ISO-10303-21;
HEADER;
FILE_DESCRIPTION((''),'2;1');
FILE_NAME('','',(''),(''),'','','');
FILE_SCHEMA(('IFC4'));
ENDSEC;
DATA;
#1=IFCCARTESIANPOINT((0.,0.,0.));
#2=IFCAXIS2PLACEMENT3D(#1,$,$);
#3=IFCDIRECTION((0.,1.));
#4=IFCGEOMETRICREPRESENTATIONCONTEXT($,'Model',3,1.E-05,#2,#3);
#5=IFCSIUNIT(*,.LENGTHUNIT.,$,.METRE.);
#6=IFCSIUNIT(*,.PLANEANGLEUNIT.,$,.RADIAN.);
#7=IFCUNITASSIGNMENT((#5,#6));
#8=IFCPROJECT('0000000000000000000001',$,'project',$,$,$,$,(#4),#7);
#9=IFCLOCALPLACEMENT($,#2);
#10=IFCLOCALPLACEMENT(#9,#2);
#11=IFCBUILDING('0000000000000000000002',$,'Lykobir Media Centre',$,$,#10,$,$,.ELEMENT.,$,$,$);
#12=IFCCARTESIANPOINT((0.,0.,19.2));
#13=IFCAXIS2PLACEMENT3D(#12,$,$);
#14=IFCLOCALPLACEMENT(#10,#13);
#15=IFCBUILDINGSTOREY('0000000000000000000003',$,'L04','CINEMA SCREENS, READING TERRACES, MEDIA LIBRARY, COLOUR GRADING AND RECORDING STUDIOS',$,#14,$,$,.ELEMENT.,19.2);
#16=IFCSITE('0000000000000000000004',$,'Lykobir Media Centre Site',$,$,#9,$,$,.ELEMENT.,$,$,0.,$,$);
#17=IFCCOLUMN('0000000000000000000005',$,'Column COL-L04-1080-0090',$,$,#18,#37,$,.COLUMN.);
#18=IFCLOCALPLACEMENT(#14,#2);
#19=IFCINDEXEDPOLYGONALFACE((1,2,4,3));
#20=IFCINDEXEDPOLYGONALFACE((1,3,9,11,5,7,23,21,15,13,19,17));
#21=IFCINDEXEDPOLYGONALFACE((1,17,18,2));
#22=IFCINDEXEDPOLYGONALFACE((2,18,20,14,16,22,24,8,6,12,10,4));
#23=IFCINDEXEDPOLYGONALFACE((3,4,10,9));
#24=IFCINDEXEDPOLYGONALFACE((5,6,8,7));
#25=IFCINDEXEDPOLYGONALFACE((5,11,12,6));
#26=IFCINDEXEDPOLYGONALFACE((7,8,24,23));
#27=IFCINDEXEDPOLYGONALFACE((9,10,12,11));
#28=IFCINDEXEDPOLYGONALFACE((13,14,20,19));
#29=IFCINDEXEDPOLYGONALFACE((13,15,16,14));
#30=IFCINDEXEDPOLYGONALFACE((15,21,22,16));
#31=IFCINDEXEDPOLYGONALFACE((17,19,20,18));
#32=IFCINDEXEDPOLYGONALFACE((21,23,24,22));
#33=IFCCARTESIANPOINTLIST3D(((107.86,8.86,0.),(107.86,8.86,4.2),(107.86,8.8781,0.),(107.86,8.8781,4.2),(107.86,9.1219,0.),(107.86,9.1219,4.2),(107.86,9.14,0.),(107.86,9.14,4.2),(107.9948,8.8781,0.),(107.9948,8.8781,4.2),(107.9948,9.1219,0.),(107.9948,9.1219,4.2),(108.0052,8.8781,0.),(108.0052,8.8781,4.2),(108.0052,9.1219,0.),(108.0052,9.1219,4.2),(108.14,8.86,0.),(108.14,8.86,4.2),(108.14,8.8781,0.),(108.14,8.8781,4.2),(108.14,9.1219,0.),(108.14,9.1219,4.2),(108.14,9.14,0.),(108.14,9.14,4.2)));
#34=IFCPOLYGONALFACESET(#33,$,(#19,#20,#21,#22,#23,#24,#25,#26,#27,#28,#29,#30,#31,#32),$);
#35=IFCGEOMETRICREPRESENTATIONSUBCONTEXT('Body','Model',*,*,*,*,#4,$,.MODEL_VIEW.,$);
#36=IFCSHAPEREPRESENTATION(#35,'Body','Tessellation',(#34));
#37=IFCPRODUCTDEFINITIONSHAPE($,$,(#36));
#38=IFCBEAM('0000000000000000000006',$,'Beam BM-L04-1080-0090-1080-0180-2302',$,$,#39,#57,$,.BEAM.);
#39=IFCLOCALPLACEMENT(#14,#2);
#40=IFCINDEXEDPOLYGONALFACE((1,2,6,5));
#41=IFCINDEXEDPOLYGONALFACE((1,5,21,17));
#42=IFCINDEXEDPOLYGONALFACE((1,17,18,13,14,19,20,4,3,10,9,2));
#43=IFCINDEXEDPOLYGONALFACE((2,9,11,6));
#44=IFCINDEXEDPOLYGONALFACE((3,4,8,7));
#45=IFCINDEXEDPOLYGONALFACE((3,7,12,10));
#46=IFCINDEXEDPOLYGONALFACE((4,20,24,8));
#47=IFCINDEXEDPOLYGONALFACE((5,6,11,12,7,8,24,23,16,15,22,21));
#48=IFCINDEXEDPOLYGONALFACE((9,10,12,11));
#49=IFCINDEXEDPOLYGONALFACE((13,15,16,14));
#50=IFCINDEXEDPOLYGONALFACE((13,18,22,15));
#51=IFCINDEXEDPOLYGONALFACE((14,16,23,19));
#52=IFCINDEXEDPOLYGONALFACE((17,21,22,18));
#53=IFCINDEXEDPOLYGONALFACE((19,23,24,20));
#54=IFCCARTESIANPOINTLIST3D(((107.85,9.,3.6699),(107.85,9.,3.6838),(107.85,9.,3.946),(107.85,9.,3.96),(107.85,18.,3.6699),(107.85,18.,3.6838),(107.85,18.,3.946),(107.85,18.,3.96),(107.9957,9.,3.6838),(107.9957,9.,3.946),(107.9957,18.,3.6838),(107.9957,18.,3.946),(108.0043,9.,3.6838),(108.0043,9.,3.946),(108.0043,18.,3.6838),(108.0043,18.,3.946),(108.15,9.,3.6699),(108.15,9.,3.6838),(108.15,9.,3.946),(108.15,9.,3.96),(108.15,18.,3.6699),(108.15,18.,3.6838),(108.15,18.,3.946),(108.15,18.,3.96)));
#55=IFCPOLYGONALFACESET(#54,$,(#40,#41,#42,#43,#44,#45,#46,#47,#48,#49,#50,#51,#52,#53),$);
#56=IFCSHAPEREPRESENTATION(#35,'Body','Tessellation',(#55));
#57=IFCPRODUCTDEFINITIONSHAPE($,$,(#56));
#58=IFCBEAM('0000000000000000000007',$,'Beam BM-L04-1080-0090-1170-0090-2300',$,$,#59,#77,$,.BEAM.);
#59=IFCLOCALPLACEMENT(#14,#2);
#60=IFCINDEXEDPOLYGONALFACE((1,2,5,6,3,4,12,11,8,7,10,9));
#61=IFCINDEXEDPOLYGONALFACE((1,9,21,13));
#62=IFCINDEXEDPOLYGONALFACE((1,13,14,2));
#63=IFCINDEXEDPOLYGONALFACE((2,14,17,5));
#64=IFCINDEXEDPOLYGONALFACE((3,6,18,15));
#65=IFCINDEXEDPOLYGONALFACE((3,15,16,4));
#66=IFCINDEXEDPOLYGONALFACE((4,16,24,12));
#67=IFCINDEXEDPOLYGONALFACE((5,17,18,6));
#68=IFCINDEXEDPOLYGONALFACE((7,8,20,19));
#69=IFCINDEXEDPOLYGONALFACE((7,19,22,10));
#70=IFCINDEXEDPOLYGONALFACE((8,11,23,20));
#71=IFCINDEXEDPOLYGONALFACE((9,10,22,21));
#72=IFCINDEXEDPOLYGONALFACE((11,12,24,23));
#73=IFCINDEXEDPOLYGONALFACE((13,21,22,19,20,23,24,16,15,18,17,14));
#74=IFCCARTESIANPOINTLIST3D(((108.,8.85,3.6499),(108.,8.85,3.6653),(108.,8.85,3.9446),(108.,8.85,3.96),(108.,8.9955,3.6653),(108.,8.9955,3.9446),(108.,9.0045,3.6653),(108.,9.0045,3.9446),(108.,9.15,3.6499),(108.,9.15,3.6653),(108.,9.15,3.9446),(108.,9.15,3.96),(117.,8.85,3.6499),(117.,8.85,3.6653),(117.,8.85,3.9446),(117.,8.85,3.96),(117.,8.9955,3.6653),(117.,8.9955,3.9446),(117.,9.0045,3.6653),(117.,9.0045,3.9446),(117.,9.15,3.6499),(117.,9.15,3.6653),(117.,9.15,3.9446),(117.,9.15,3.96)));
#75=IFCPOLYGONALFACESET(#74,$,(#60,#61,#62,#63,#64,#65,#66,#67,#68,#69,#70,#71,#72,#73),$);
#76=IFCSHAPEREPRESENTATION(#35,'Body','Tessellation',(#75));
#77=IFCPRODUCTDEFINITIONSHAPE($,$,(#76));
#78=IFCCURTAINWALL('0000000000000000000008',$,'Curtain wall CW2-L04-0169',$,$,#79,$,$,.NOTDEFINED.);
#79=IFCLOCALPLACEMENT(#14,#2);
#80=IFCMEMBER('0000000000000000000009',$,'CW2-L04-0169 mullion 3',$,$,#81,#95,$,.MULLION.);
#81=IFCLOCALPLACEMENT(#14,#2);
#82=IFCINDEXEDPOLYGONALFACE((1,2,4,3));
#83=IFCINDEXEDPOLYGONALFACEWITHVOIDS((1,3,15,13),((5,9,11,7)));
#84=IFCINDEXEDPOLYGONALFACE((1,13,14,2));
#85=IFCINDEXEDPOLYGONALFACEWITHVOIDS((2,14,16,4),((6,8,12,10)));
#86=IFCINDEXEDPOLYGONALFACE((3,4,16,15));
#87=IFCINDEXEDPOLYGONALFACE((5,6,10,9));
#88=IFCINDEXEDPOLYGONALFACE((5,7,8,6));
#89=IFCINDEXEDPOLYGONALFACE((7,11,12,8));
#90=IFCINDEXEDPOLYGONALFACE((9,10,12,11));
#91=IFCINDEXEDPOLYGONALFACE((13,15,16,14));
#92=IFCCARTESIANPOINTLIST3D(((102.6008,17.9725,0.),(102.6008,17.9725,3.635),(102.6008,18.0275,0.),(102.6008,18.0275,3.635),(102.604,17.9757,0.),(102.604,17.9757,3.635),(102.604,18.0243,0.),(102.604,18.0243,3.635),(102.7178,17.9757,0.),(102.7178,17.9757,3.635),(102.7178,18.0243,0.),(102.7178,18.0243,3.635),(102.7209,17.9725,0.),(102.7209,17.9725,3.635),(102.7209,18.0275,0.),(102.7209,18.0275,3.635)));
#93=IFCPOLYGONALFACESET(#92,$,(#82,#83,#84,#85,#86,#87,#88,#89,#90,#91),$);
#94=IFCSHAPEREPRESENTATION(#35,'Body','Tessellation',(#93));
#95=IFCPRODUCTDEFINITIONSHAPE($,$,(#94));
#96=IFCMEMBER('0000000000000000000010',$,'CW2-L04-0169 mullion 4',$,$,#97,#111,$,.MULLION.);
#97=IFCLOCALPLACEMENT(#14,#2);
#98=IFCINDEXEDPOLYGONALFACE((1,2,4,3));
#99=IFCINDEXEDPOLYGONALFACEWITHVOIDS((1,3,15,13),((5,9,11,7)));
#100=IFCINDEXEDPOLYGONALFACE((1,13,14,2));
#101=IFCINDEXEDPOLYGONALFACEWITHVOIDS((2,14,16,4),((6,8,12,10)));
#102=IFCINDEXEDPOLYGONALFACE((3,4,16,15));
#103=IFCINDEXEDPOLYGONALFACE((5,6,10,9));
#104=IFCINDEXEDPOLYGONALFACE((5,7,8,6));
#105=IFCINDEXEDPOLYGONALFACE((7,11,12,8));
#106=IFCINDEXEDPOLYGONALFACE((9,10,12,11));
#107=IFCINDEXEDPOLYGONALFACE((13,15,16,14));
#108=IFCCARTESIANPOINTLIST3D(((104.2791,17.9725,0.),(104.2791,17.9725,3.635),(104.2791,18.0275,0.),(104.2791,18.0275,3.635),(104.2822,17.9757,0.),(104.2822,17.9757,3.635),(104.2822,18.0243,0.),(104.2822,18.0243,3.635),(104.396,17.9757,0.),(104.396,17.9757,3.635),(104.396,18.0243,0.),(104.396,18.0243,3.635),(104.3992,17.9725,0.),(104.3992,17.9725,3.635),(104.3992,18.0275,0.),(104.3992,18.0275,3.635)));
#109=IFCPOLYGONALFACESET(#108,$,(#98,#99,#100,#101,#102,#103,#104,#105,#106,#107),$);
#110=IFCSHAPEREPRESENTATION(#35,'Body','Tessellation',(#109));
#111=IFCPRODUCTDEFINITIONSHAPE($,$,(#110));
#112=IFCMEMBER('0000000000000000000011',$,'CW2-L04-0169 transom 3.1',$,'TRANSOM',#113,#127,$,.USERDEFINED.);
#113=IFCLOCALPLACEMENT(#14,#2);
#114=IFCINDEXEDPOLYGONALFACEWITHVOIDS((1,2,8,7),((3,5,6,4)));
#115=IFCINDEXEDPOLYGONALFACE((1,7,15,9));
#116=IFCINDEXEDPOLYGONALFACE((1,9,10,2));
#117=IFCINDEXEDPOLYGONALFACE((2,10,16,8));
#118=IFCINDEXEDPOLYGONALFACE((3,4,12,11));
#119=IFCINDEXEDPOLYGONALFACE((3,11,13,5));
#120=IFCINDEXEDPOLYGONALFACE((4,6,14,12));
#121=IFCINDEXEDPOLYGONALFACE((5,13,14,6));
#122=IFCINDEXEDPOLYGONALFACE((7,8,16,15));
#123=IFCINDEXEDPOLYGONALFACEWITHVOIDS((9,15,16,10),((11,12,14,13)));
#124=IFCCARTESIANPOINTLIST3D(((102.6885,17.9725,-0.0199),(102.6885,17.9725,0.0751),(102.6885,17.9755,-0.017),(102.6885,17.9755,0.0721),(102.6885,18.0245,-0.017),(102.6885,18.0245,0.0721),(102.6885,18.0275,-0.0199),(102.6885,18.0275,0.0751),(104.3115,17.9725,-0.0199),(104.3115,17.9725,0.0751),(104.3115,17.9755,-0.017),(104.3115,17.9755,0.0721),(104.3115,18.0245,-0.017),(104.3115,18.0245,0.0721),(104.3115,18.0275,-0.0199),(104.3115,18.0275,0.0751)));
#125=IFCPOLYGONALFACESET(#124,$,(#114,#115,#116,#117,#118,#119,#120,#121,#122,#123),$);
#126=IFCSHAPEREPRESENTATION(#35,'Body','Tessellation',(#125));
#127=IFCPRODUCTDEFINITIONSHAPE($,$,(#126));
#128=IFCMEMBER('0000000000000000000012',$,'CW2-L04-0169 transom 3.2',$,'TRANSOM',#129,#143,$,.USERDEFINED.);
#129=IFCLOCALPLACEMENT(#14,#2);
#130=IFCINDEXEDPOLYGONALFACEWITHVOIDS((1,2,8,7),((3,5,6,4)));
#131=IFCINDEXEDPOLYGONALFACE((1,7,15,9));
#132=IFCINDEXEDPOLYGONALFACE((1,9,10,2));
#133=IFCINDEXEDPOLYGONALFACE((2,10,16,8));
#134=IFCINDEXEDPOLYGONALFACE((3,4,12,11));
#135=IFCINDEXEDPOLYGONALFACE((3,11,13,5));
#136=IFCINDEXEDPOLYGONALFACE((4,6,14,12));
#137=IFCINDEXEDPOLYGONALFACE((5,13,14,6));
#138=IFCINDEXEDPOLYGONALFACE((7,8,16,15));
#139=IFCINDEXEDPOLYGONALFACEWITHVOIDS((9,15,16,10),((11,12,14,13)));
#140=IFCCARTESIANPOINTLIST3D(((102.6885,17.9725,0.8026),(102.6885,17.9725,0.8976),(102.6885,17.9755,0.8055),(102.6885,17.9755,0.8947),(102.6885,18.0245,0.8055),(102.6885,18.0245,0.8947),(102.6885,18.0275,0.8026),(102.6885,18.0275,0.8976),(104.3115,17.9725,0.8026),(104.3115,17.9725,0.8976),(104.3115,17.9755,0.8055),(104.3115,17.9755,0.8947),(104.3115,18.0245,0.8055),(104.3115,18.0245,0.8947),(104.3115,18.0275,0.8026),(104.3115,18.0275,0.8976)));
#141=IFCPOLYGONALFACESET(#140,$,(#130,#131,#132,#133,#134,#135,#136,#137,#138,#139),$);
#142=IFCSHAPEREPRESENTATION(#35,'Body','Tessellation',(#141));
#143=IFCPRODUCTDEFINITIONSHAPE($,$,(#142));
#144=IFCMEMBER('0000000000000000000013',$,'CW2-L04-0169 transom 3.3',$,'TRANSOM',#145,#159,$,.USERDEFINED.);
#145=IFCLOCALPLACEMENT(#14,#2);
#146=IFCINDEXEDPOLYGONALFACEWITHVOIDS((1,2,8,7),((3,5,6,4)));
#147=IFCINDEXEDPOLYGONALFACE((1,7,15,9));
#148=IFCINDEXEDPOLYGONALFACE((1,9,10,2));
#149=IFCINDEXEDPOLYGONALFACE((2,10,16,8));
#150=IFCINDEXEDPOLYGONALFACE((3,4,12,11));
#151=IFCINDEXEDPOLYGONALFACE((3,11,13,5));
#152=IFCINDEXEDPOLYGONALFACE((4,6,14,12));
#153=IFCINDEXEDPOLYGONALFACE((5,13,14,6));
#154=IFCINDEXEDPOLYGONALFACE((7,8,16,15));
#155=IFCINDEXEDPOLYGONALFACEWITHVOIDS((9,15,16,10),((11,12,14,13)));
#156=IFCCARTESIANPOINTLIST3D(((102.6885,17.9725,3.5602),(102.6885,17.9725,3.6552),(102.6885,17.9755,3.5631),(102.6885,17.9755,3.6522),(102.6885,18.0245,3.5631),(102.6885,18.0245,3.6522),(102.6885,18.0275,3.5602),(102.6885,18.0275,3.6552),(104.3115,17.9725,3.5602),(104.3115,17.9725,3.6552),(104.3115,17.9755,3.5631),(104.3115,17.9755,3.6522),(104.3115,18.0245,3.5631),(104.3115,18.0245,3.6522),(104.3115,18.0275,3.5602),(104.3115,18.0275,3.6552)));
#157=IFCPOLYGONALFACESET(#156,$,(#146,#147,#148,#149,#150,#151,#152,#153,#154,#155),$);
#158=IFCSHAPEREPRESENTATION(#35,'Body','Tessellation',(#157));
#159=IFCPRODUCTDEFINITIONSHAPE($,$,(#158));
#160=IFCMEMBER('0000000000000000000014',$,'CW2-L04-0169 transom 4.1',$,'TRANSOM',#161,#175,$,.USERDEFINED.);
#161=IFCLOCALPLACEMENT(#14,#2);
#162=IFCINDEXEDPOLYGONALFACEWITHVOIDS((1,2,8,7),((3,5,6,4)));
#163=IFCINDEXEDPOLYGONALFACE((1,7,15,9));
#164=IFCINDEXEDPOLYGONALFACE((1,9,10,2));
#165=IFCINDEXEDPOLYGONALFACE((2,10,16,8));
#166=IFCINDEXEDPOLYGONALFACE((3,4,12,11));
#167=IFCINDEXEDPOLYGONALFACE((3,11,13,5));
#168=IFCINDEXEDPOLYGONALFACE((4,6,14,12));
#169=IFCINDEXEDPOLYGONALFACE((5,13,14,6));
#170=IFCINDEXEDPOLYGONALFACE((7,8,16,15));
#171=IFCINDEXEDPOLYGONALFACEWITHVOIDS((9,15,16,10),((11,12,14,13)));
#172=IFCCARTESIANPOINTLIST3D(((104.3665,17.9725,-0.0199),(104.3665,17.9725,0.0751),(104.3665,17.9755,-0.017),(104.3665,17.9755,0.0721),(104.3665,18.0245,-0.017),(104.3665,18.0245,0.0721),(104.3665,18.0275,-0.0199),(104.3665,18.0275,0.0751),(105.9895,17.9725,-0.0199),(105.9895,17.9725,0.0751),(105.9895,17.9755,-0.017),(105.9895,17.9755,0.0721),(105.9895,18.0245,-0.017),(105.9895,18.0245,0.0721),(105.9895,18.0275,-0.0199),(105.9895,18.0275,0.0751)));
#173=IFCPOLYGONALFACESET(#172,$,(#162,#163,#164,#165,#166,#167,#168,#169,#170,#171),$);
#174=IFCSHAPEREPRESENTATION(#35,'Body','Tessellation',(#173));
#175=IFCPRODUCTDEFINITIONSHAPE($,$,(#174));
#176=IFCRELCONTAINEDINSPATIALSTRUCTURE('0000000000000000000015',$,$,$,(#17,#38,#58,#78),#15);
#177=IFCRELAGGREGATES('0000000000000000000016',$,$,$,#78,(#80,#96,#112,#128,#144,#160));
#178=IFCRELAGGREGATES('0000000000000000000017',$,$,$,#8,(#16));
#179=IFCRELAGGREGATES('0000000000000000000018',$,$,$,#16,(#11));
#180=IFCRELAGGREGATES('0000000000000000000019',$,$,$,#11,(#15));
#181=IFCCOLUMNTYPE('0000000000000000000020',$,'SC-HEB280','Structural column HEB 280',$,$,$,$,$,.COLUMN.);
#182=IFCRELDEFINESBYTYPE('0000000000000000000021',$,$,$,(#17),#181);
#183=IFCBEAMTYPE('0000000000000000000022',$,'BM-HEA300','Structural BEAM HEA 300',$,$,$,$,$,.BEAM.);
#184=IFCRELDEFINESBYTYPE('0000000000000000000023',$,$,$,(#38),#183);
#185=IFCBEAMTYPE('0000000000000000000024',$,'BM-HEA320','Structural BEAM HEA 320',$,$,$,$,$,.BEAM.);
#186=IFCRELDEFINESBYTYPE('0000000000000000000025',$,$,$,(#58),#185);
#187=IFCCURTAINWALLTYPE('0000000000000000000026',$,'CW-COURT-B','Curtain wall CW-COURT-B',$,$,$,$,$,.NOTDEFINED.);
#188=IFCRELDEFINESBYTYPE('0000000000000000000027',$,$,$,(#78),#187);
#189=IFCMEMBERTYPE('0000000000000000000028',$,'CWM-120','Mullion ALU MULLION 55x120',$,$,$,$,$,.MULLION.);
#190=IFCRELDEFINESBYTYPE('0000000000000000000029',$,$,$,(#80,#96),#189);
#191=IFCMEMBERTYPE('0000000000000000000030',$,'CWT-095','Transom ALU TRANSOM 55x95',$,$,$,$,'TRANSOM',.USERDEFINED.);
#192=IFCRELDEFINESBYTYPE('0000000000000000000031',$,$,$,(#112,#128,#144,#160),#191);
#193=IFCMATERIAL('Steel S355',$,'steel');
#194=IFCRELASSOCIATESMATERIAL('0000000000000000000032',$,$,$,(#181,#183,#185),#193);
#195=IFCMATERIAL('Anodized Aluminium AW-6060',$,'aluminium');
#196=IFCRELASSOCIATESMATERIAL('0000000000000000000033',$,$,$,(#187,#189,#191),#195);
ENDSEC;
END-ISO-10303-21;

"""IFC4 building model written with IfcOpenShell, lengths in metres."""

from ifc_helpers import new_model, si_unit, direction, frame, origin, origin_2d, place, context, subcontext, project, spatial, hollow_rectangle, i_section, extrude, material, material_profile, profile_set, type_object, element, aggregate, save


model = new_model("IFC4")

# Units and contexts
model_context = context("Model", 3, precision=1e-05, world=origin(), true_north=direction((0.0, 1.0)))
body_context = subcontext(model_context, "Body", "Model", "MODEL_VIEW")
ifc_project = project(units=[si_unit("LENGTHUNIT", "METRE"), si_unit("PLANEANGLEUNIT", "RADIAN")], contexts=[model_context])

# Site, building, storey
site_placement = place(None, origin())
site = spatial("IfcSite", under=ifc_project, at=site_placement, Name="Lykobir Media Centre Site", CompositionType="ELEMENT", RefElevation=0.0)
building_placement = place(site_placement, origin())
building = spatial("IfcBuilding", under=site, at=building_placement, Name="Lykobir Media Centre", CompositionType="ELEMENT")
storey_placement = place(building_placement, frame((0.0, 0.0, 19.2)))
storey = spatial("IfcBuildingStorey", under=building, at=storey_placement, Name="L04", Description="CINEMA SCREENS, READING TERRACES, MEDIA LIBRARY, COLOUR GRADING AND RECORDING STUDIOS", CompositionType="ELEMENT", Elevation=19.2)

# Column
ifc_material_1 = material(Name="Steel S355", Category="steel")
ifc_material_profile_1 = material_profile(ifc_material_1, i_section(OverallWidth=0.28, OverallDepth=0.28, WebThickness=0.0105, FlangeThickness=0.0181, at=origin_2d()), Name="HEB 280")
ifc_profile_set_1 = profile_set([ifc_material_profile_1], Name="Steel S355")
column_type = type_object("IfcColumnType", Name="SC-HEB280", Description="Structural column HEB 280", PredefinedType="COLUMN", material=ifc_profile_set_1)
column_placement = place(storey_placement, frame((108.0, 9.0, 0.0), z_axis=(0.0, 0.0, 1.0), x_axis=(1.0, 0.0, 0.0)))
element("IfcColumn", 1, at=column_placement, inside=storey, type_object=column_type, Name="Column COL-L04-1080-0090", PredefinedType="COLUMN", context=body_context, shape_type="SweptSolid", body=[
    extrude(i_section(OverallWidth=0.28, OverallDepth=0.28, WebThickness=0.0105, FlangeThickness=0.0181, at=origin_2d()), origin(), (0.0, 0.0, 1.0), 4.2),
])

# Beams
ifc_material_profile_2 = material_profile(ifc_material_1, i_section(OverallWidth=0.3, OverallDepth=0.29, WebThickness=0.0085, FlangeThickness=0.0139, at=origin_2d()), Name="HEA 300")
ifc_profile_set_2 = profile_set([ifc_material_profile_2], Name="Steel S355")
beam_type_1 = type_object("IfcBeamType", Name="BM-HEA300", Description="Structural BEAM HEA 300", PredefinedType="BEAM", material=ifc_profile_set_2)
beam_1_placement = place(storey_placement, frame((108.0, 9.0, 3.8149), z_axis=(0.0, 1.0, 0.0), x_axis=(-1.0, 0.0, 0.0)))
element("IfcBeam", 2, at=beam_1_placement, inside=storey, type_object=beam_type_1, Name="Beam BM-L04-1080-0090-1080-0180-2302", PredefinedType="BEAM", context=body_context, shape_type="SweptSolid", body=[
    extrude(i_section(OverallWidth=0.3, OverallDepth=0.29, WebThickness=0.0085, FlangeThickness=0.0139, at=origin_2d()), origin(), (0.0, 0.0, 1.0), 9.0),
])
ifc_material_profile_3 = material_profile(ifc_material_1, i_section(OverallWidth=0.3, OverallDepth=0.3101, WebThickness=0.009, FlangeThickness=0.0154, at=origin_2d()), Name="HEA 320")
ifc_profile_set_3 = profile_set([ifc_material_profile_3], Name="Steel S355")
beam_type_2 = type_object("IfcBeamType", Name="BM-HEA320", Description="Structural BEAM HEA 320", PredefinedType="BEAM", material=ifc_profile_set_3)
beam_2_placement = place(storey_placement, frame((108.0, 9.0, 3.8049), z_axis=(1.0, 0.0, 0.0), x_axis=(0.0, 1.0, 0.0)))
element("IfcBeam", 3, at=beam_2_placement, inside=storey, type_object=beam_type_2, Name="Beam BM-L04-1080-0090-1170-0090-2300", PredefinedType="BEAM", context=body_context, shape_type="SweptSolid", body=[
    extrude(i_section(OverallWidth=0.3, OverallDepth=0.3101, WebThickness=0.009, FlangeThickness=0.0154, at=origin_2d()), origin(), (0.0, 0.0, 1.0), 9.0),
])

# Curtain wall, members
ifc_material_2 = material(Name="Anodized Aluminium AW-6060", Category="aluminium")
curtain_wall_type = type_object("IfcCurtainWallType", Name="CW-COURT-B", Description="Curtain wall CW-COURT-B", PredefinedType="NOTDEFINED", material=ifc_material_2)
curtain_wall_placement = place(storey_placement, origin())
curtain_wall = element("IfcCurtainWall", 4, at=curtain_wall_placement, inside=storey, type_object=curtain_wall_type, Name="Curtain wall CW2-L04-0169", PredefinedType="NOTDEFINED")
ifc_material_profile_4 = material_profile(ifc_material_2, hollow_rectangle(XDim=0.0549, YDim=0.1201, WallThickness=0.0032, at=origin_2d()), Name="ALU MULLION 55x120")
ifc_profile_set_4 = profile_set([ifc_material_profile_4], Name="Anodized Aluminium AW-6060")
member_type_1 = type_object("IfcMemberType", Name="CWM-120", Description="Mullion ALU MULLION 55x120", PredefinedType="MULLION", material=ifc_profile_set_4)
member_1_placement = place(storey_placement, frame((102.6609, 18.0, 0.0), z_axis=(0.0, 0.0, 1.0), x_axis=(0.0, 1.0, 0.0)))
member_1 = element("IfcMember", 5, at=member_1_placement, type_object=member_type_1, Name="CW2-L04-0169 mullion 3", PredefinedType="MULLION", context=body_context, shape_type="SweptSolid", body=[
    extrude(hollow_rectangle(XDim=0.0549, YDim=0.1201, WallThickness=0.0032, at=origin_2d()), origin(), (0.0, 0.0, 1.0), 3.635),
])
member_2_placement = place(storey_placement, frame((104.3391, 18.0, 0.0), z_axis=(0.0, 0.0, 1.0), x_axis=(0.0, 1.0, 0.0)))
member_2 = element("IfcMember", 6, at=member_2_placement, type_object=member_type_1, Name="CW2-L04-0169 mullion 4", PredefinedType="MULLION", context=body_context, shape_type="SweptSolid", body=[
    extrude(hollow_rectangle(XDim=0.0549, YDim=0.1201, WallThickness=0.0032, at=origin_2d()), origin(), (0.0, 0.0, 1.0), 3.635),
])
ifc_material_profile_5 = material_profile(ifc_material_2, hollow_rectangle(XDim=0.0549, YDim=0.095, WallThickness=0.0029, at=origin_2d()), Name="ALU TRANSOM 55x95")
ifc_profile_set_5 = profile_set([ifc_material_profile_5], Name="Anodized Aluminium AW-6060")
member_type_2 = type_object("IfcMemberType", Name="CWT-095", Description="Transom ALU TRANSOM 55x95", ElementType="TRANSOM", PredefinedType="USERDEFINED", material=ifc_profile_set_5)
member_3_placement = place(storey_placement, frame((102.6885, 18.0, 0.0276), z_axis=(1.0, 0.0, 0.0), x_axis=(0.0, 1.0, 0.0)))
member_3 = element("IfcMember", 7, at=member_3_placement, type_object=member_type_2, Name="CW2-L04-0169 transom 3.1", ObjectType="TRANSOM", PredefinedType="USERDEFINED", context=body_context, shape_type="SweptSolid", body=[
    extrude(hollow_rectangle(XDim=0.0549, YDim=0.095, WallThickness=0.0029, at=origin_2d()), origin(), (0.0, 0.0, 1.0), 1.623),
])
member_4_placement = place(storey_placement, frame((102.6885, 18.0, 0.8501), z_axis=(1.0, 0.0, 0.0), x_axis=(0.0, 1.0, 0.0)))
member_4 = element("IfcMember", 8, at=member_4_placement, type_object=member_type_2, Name="CW2-L04-0169 transom 3.2", ObjectType="TRANSOM", PredefinedType="USERDEFINED", context=body_context, shape_type="SweptSolid", body=[
    extrude(hollow_rectangle(XDim=0.0549, YDim=0.095, WallThickness=0.0029, at=origin_2d()), origin(), (0.0, 0.0, 1.0), 1.623),
])
member_5_placement = place(storey_placement, frame((102.6885, 18.0, 3.6077), z_axis=(1.0, 0.0, 0.0), x_axis=(0.0, 1.0, 0.0)))
member_5 = element("IfcMember", 9, at=member_5_placement, type_object=member_type_2, Name="CW2-L04-0169 transom 3.3", ObjectType="TRANSOM", PredefinedType="USERDEFINED", context=body_context, shape_type="SweptSolid", body=[
    extrude(hollow_rectangle(XDim=0.0549, YDim=0.095, WallThickness=0.0029, at=origin_2d()), origin(), (0.0, 0.0, 1.0), 1.623),
])
member_6_placement = place(storey_placement, frame((104.3665, 18.0, 0.0276), z_axis=(1.0, 0.0, 0.0), x_axis=(0.0, 1.0, 0.0)))
member_6 = element("IfcMember", 10, at=member_6_placement, type_object=member_type_2, Name="CW2-L04-0169 transom 4.1", ObjectType="TRANSOM", PredefinedType="USERDEFINED", context=body_context, shape_type="SweptSolid", body=[
    extrude(hollow_rectangle(XDim=0.0549, YDim=0.095, WallThickness=0.0029, at=origin_2d()), origin(), (0.0, 0.0, 1.0), 1.623),
])

aggregate(curtain_wall, [member_1, member_2, member_3, member_4, member_5, member_6])

save(model, "model.ifc")
